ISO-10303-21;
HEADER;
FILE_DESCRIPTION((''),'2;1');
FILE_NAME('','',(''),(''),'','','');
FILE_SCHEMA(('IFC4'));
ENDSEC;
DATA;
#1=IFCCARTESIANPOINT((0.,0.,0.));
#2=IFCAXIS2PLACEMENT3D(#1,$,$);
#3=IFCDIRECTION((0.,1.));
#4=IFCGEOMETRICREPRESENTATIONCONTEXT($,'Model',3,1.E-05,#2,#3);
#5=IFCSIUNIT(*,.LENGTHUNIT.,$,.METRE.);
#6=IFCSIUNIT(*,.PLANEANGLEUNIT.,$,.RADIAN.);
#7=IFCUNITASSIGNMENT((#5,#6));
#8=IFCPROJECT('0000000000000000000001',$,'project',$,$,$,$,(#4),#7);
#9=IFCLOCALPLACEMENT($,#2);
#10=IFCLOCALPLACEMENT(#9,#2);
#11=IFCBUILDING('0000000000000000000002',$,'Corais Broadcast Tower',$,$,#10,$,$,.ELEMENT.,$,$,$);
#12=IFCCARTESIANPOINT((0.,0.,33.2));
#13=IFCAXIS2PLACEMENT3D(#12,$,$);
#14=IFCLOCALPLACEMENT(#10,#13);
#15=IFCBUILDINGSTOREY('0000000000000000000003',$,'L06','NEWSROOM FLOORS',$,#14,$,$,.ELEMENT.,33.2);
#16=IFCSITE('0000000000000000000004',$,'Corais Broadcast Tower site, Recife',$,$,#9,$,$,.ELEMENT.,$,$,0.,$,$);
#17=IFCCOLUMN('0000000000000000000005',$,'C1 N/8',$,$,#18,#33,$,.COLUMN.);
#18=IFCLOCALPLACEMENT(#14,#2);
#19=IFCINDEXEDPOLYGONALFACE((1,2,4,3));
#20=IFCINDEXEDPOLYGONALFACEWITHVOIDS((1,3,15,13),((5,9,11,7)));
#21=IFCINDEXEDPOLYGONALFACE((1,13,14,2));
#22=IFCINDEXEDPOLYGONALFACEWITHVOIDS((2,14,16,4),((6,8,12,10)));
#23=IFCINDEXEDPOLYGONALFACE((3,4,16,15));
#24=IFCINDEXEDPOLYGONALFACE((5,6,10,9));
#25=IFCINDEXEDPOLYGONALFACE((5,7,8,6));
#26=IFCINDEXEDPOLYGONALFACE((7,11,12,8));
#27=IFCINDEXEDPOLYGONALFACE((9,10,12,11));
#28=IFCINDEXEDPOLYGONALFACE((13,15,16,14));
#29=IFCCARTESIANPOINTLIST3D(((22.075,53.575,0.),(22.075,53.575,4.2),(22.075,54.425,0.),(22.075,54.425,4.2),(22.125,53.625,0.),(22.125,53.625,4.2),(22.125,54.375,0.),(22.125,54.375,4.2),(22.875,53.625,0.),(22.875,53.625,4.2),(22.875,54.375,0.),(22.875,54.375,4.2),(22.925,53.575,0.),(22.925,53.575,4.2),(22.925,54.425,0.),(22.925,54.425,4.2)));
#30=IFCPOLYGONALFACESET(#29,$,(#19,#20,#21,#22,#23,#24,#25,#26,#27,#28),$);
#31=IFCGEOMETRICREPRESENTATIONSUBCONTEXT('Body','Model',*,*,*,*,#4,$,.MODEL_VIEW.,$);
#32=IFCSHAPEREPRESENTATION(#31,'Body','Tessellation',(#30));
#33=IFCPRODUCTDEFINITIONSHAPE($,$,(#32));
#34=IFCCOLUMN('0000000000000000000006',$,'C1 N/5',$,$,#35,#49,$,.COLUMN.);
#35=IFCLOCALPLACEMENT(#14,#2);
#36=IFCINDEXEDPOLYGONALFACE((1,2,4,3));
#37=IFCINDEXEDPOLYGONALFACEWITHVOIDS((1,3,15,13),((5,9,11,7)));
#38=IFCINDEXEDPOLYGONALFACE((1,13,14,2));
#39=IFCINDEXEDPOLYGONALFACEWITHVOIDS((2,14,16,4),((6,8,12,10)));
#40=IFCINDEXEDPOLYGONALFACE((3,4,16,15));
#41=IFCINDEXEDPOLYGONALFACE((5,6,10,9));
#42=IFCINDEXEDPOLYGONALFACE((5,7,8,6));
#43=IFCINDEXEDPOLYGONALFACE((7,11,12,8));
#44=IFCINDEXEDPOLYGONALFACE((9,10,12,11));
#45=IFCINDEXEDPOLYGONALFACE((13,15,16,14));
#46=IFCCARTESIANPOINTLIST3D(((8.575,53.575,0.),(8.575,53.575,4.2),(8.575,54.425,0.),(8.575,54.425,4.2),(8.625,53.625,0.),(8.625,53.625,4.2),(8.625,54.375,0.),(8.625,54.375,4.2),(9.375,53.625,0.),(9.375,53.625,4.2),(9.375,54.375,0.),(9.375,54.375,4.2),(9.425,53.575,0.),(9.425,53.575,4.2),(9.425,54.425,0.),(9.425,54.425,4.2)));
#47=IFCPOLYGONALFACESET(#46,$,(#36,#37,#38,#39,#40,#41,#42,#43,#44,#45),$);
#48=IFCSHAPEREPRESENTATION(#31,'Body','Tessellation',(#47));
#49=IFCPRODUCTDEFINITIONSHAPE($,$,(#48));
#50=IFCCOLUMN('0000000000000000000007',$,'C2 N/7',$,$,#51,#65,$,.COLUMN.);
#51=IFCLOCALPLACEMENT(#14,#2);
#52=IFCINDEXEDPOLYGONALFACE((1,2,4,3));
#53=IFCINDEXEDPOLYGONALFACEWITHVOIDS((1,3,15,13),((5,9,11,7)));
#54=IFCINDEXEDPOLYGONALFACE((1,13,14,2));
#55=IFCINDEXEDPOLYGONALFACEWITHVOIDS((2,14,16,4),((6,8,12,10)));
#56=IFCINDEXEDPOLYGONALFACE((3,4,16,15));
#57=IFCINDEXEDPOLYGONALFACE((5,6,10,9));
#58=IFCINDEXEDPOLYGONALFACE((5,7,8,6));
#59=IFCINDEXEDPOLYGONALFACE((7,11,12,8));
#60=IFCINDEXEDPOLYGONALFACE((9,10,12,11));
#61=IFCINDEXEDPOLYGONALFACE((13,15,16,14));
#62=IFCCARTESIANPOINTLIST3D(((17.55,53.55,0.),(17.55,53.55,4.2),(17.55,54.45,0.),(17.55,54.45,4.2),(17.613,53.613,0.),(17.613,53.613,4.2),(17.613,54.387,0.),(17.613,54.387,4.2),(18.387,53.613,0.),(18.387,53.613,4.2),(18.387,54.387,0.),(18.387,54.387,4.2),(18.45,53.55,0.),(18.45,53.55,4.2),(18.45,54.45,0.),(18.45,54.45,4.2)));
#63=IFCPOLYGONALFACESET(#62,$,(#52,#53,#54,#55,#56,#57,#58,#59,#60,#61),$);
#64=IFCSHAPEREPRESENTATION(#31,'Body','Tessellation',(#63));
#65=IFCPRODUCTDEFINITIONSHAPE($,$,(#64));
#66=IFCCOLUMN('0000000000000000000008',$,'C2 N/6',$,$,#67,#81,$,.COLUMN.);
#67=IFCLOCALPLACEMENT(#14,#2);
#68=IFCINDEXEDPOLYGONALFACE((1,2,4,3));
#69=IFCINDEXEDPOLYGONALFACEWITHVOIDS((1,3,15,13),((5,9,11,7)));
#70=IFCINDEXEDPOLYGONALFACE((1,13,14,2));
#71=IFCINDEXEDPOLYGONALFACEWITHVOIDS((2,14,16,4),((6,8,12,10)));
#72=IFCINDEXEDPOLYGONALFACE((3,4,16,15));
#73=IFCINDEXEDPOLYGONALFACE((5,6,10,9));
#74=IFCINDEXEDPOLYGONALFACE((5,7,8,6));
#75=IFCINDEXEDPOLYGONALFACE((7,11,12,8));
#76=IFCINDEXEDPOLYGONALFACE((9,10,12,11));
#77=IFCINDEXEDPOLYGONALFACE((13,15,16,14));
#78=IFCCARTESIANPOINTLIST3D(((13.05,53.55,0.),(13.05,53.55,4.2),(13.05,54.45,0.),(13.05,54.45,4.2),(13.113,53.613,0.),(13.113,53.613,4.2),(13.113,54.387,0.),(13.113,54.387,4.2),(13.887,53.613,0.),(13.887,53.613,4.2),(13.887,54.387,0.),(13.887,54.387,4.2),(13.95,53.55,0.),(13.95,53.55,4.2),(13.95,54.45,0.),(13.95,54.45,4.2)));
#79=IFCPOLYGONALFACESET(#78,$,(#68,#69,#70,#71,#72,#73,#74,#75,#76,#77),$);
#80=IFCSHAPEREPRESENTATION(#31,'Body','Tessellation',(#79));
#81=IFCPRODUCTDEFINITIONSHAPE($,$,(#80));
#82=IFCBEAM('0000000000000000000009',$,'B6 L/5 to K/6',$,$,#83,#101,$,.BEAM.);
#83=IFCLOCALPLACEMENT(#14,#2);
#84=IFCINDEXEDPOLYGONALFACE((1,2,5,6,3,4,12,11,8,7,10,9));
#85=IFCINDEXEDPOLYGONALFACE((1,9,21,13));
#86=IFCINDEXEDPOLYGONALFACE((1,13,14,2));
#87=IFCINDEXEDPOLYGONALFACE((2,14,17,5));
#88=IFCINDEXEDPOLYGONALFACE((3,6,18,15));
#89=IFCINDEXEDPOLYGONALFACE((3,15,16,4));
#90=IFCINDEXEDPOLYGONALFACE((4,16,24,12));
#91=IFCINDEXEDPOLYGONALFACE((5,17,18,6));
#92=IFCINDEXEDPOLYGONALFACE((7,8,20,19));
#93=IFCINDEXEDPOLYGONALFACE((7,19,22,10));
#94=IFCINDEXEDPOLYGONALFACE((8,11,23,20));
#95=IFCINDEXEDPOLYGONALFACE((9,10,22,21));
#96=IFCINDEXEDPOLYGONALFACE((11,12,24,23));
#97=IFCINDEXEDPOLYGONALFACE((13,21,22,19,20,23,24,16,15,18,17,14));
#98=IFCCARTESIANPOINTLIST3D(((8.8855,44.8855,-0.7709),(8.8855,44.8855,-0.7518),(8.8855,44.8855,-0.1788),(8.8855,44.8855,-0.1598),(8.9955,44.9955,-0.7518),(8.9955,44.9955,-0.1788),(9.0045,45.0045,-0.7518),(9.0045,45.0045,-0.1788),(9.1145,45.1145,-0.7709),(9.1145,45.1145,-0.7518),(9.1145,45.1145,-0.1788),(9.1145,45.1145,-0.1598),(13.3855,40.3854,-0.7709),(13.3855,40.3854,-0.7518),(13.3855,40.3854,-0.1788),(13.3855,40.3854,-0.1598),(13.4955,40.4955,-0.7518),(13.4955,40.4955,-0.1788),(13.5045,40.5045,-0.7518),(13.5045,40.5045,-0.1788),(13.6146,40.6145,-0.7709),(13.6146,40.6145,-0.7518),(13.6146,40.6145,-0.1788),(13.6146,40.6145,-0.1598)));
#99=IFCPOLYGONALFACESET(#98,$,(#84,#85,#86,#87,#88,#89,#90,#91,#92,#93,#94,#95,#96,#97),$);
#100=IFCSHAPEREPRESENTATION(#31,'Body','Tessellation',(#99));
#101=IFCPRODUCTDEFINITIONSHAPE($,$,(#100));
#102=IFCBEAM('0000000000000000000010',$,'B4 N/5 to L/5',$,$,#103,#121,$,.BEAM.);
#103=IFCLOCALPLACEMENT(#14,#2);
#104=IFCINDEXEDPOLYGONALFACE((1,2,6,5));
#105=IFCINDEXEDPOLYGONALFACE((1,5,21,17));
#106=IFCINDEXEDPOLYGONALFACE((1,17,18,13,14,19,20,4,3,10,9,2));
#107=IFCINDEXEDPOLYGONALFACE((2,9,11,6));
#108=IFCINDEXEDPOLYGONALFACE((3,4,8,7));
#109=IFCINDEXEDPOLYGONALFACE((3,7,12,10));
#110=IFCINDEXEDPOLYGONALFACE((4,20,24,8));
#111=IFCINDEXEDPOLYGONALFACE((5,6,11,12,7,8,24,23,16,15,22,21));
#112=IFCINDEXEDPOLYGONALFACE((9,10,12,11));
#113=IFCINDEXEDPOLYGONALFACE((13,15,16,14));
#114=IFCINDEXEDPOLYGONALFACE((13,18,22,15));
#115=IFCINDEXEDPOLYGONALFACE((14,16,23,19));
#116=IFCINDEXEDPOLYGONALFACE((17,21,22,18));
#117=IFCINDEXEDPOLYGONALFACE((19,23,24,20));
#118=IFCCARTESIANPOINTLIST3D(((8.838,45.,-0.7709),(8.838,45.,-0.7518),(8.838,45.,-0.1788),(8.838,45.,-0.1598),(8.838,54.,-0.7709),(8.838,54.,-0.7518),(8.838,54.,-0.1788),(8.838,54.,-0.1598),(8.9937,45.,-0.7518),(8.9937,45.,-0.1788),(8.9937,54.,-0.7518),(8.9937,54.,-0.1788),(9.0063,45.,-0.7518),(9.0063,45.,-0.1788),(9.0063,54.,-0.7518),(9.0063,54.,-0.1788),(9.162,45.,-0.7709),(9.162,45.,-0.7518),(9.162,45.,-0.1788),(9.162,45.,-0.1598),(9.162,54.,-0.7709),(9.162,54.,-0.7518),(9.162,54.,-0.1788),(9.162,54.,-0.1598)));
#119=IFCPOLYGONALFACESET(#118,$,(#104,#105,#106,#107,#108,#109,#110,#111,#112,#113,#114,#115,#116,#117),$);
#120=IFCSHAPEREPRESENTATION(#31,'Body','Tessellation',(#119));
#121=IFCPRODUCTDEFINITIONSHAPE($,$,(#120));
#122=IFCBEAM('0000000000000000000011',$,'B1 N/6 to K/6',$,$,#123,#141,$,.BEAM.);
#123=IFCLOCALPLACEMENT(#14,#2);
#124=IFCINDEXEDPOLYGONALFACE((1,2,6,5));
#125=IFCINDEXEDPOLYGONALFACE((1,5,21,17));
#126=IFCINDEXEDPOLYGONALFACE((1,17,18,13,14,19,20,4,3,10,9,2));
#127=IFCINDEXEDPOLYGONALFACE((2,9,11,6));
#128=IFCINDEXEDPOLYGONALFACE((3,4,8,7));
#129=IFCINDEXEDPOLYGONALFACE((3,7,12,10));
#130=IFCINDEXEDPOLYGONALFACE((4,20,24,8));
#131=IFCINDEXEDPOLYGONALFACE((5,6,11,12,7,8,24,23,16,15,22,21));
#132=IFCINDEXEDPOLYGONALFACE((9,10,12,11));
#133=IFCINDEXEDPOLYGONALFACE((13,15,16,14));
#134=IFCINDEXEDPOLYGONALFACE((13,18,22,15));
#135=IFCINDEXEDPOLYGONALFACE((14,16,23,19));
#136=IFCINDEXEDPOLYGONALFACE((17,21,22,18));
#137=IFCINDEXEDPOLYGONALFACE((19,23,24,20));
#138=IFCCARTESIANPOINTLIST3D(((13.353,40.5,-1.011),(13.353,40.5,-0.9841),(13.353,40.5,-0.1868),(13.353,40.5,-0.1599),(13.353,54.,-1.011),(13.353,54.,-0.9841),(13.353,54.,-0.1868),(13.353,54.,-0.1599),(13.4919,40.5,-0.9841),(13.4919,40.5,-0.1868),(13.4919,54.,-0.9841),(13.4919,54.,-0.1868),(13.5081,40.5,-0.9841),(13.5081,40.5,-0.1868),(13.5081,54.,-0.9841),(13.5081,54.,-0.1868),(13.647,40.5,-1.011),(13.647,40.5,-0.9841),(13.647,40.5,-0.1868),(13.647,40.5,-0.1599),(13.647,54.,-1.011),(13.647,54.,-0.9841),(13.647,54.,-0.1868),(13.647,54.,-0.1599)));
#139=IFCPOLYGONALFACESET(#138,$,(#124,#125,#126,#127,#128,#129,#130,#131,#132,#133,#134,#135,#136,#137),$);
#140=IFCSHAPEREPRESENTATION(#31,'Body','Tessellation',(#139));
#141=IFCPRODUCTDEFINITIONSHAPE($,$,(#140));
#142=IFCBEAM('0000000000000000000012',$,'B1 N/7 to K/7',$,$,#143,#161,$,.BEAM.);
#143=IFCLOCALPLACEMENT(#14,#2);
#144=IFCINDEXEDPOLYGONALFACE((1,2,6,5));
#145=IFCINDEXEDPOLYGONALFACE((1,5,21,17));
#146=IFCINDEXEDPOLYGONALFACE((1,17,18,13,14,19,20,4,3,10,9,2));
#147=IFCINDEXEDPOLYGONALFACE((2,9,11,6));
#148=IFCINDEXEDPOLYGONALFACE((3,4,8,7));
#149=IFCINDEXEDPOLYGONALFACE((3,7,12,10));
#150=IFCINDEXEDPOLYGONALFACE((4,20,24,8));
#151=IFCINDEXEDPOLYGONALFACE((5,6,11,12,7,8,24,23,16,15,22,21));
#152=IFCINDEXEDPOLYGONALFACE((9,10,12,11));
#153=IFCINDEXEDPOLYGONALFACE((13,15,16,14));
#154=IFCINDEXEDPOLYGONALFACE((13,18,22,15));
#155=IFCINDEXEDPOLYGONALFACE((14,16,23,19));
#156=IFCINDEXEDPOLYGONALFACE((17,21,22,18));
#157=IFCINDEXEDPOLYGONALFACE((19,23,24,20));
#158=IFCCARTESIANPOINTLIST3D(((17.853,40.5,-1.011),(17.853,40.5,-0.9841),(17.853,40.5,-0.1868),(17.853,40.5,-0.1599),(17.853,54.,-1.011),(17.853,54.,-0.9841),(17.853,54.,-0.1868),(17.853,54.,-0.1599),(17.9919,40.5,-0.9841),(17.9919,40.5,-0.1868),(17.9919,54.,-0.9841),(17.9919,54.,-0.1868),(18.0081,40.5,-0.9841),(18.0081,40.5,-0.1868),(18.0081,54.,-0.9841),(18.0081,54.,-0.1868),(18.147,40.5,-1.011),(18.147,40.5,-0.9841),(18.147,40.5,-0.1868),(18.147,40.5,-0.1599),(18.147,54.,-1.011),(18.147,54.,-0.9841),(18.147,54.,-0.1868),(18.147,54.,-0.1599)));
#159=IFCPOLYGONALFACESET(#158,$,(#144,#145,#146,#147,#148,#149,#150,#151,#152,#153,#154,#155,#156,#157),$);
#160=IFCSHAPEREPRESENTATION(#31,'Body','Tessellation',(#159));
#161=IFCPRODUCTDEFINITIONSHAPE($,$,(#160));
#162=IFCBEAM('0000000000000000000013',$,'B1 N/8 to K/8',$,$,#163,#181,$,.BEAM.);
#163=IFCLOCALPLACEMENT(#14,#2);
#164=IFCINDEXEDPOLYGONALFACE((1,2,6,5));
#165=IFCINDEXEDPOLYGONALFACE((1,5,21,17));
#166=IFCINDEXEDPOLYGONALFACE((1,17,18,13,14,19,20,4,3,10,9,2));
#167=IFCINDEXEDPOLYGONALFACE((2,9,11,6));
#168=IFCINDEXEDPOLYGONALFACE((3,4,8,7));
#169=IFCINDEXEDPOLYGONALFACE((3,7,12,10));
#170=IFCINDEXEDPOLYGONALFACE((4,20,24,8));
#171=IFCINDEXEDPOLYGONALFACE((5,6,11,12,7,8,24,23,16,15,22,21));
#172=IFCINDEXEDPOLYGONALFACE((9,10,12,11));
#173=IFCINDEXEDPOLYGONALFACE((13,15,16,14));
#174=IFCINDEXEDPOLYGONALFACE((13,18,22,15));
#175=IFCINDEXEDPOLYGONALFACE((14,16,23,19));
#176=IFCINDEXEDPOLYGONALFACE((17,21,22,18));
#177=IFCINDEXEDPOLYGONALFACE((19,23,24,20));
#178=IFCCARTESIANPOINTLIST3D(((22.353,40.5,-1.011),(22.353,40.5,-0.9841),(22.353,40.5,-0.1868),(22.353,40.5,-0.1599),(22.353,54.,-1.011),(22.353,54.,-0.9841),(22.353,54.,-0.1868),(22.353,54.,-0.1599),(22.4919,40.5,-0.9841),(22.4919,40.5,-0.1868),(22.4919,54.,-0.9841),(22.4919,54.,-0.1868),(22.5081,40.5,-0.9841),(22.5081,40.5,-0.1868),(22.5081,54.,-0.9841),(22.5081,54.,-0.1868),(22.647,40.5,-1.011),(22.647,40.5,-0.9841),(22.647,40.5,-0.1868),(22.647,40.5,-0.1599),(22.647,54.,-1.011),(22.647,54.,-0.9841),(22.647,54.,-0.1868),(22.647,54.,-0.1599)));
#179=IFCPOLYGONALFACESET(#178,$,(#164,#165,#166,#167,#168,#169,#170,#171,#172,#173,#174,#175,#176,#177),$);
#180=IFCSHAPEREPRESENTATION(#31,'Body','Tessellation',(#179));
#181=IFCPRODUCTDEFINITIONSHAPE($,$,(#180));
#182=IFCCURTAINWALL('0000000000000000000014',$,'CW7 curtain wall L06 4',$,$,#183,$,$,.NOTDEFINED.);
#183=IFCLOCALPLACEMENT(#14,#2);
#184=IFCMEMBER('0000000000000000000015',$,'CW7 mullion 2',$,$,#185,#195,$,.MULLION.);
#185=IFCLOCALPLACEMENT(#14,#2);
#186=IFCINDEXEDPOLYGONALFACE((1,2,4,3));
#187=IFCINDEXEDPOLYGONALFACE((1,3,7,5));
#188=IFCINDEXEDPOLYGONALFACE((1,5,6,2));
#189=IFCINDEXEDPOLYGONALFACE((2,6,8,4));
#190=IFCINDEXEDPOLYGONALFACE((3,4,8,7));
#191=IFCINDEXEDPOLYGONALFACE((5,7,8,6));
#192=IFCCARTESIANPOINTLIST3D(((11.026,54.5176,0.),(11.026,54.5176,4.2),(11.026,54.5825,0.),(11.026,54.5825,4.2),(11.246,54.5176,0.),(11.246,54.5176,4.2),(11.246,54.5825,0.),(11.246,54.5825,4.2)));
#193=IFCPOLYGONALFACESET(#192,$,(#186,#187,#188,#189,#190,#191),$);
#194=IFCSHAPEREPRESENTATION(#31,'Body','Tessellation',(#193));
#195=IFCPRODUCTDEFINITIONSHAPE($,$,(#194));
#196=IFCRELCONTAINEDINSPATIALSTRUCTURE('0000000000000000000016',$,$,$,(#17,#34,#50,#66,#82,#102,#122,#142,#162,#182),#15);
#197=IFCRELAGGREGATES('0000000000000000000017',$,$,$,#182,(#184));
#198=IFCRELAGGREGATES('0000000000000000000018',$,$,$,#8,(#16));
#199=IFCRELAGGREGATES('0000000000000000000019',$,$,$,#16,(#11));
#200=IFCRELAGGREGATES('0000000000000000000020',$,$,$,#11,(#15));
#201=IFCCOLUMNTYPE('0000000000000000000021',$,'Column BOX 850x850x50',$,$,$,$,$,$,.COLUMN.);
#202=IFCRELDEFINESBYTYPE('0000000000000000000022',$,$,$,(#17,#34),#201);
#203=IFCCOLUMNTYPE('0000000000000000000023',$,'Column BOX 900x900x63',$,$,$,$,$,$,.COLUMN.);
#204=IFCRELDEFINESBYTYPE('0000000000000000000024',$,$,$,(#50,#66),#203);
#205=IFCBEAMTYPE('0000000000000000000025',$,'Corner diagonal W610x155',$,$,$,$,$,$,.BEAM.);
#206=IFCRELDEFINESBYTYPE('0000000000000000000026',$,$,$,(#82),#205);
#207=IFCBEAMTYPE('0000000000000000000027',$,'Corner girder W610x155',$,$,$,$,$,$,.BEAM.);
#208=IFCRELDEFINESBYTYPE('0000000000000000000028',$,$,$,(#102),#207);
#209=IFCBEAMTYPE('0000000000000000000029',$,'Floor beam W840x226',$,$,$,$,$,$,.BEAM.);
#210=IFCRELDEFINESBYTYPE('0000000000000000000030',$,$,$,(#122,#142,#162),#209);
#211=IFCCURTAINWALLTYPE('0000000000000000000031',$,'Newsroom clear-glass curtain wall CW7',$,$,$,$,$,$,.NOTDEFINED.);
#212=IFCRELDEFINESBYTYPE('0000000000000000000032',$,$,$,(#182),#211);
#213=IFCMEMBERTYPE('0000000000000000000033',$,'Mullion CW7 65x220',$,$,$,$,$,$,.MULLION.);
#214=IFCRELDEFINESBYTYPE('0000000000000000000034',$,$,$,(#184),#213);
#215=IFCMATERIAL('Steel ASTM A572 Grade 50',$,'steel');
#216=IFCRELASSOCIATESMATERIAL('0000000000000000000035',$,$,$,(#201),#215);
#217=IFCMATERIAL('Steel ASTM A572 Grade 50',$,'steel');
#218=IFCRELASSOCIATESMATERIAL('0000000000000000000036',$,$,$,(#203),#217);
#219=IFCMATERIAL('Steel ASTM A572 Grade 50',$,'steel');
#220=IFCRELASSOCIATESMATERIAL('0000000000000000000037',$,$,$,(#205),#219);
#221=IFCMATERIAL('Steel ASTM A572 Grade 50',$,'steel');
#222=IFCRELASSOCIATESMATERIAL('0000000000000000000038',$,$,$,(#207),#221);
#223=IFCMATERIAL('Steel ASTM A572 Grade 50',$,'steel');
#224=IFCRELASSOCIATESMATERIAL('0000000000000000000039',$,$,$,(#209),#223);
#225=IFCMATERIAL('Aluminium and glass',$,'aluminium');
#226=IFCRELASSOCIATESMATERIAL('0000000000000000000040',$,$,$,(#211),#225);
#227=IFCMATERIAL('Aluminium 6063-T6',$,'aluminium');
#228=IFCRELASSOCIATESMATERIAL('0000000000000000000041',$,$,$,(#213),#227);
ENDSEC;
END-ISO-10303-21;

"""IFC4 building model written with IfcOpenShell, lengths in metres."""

from ifc_helpers import new_model, si_unit, direction, frame, origin, origin_2d, place, context, subcontext, project, spatial, rectangle, hollow_rectangle, i_section, extrude, material, material_profile, profile_set, type_object, element, aggregate, save


model = new_model("IFC4")

# Units and contexts
model_context = context("Model", 3, precision=1e-05, world=origin(), true_north=direction((0.0, 1.0)))
body_context = subcontext(model_context, "Body", "Model", "MODEL_VIEW")
ifc_project = project(units=[si_unit("LENGTHUNIT", "METRE"), si_unit("PLANEANGLEUNIT", "RADIAN")], contexts=[model_context])

# Site, building, storey
site_placement = place(None, origin())
site = spatial("IfcSite", under=ifc_project, at=site_placement, Name="Corais Broadcast Tower site, Recife", CompositionType="ELEMENT", RefElevation=0.0)
building_placement = place(site_placement, origin())
building = spatial("IfcBuilding", under=site, at=building_placement, Name="Corais Broadcast Tower", CompositionType="ELEMENT")
storey_placement = place(building_placement, frame((0.0, 0.0, 33.2)))
storey = spatial("IfcBuildingStorey", under=building, at=storey_placement, Name="L06", Description="NEWSROOM FLOORS", CompositionType="ELEMENT", Elevation=33.2)

# Columns
ifc_material_1 = material(Name="Steel ASTM A572 Grade 50", Category="steel")
ifc_material_profile_1 = material_profile(ifc_material_1, hollow_rectangle(XDim=0.8501, YDim=0.8501, WallThickness=0.05, at=origin_2d()), Name="BOX 850x850x50")
ifc_profile_set_1 = profile_set([ifc_material_profile_1], Name="Steel ASTM A572 Grade 50")
column_type_1 = type_object("IfcColumnType", Name="Column BOX 850x850x50", PredefinedType="COLUMN", material=ifc_profile_set_1)
for number, where, z_axis, x_axis, name in (
    (1, (22.5, 54.0, 0.0), (0.0, 0.0, 1.0), (1.0, 0.0, 0.0), "C1 N/8"),
    (2, (9.0, 54.0, 0.0), (0.0, 0.0, 1.0), (1.0, 0.0, 0.0), "C1 N/5"),
):
    element("IfcColumn", number, at=place(storey_placement, frame(where, z_axis=z_axis, x_axis=x_axis)), inside=storey, type_object=column_type_1, Name=name, PredefinedType="COLUMN", context=body_context, shape_type="SweptSolid", body=[
        extrude(hollow_rectangle(XDim=0.8501, YDim=0.8501, WallThickness=0.05, at=origin_2d()), origin(), (0.0, 0.0, 1.0), 4.2),
    ])
ifc_material_2 = material(Name="Steel ASTM A572 Grade 50", Category="steel")
ifc_material_profile_2 = material_profile(ifc_material_2, hollow_rectangle(XDim=0.8999, YDim=0.8999, WallThickness=0.063, at=origin_2d()), Name="BOX 900x900x63")
ifc_profile_set_2 = profile_set([ifc_material_profile_2], Name="Steel ASTM A572 Grade 50")
column_type_2 = type_object("IfcColumnType", Name="Column BOX 900x900x63", PredefinedType="COLUMN", material=ifc_profile_set_2)
for number, where, z_axis, x_axis, name in (
    (3, (18.0, 54.0, 0.0), (0.0, 0.0, 1.0), (1.0, 0.0, 0.0), "C2 N/7"),
    (4, (13.5, 54.0, 0.0), (0.0, 0.0, 1.0), (1.0, 0.0, 0.0), "C2 N/6"),
):
    element("IfcColumn", number, at=place(storey_placement, frame(where, z_axis=z_axis, x_axis=x_axis)), inside=storey, type_object=column_type_2, Name=name, PredefinedType="COLUMN", context=body_context, shape_type="SweptSolid", body=[
        extrude(hollow_rectangle(XDim=0.8999, YDim=0.8999, WallThickness=0.063, at=origin_2d()), origin(), (0.0, 0.0, 1.0), 4.2),
    ])

# Beams
ifc_material_3 = material(Name="Steel ASTM A572 Grade 50", Category="steel")
ifc_material_profile_3 = material_profile(ifc_material_3, i_section(OverallWidth=0.324, OverallDepth=0.6111, WebThickness=0.0127, FlangeThickness=0.019, at=origin_2d()), Name="W610x155")
ifc_profile_set_3 = profile_set([ifc_material_profile_3], Name="Steel ASTM A572 Grade 50")
beam_type_1 = type_object("IfcBeamType", Name="Corner diagonal W610x155", PredefinedType="BEAM", material=ifc_profile_set_3)
beam_1_placement = place(storey_placement, frame((9.0, 45.0, -0.4653), z_axis=(0.707107, -0.707107, 0.0), x_axis=(0.707107, 0.707107, 0.0)))
element("IfcBeam", 5, at=beam_1_placement, inside=storey, type_object=beam_type_1, Name="B6 L/5 to K/6", PredefinedType="BEAM", context=body_context, shape_type="SweptSolid", body=[
    extrude(i_section(OverallWidth=0.324, OverallDepth=0.6111, WebThickness=0.0127, FlangeThickness=0.019, at=origin_2d()), origin(), (0.0, 0.0, 1.0), 6.364),
])
ifc_material_4 = material(Name="Steel ASTM A572 Grade 50", Category="steel")
ifc_material_profile_4 = material_profile(ifc_material_4, i_section(OverallWidth=0.324, OverallDepth=0.6111, WebThickness=0.0127, FlangeThickness=0.019, at=origin_2d()), Name="W610x155")
ifc_profile_set_4 = profile_set([ifc_material_profile_4], Name="Steel ASTM A572 Grade 50")
beam_type_2 = type_object("IfcBeamType", Name="Corner girder W610x155", PredefinedType="BEAM", material=ifc_profile_set_4)
beam_2_placement = place(storey_placement, frame((9.0, 54.0, -0.4653), z_axis=(0.0, -1.0, 0.0), x_axis=(1.0, 0.0, 0.0)))
element("IfcBeam", 6, at=beam_2_placement, inside=storey, type_object=beam_type_2, Name="B4 N/5 to L/5", PredefinedType="BEAM", context=body_context, shape_type="SweptSolid", body=[
    extrude(i_section(OverallWidth=0.324, OverallDepth=0.6111, WebThickness=0.0127, FlangeThickness=0.019, at=origin_2d()), origin(), (0.0, 0.0, 1.0), 9.0),
])
ifc_material_5 = material(Name="Steel ASTM A572 Grade 50", Category="steel")
ifc_material_profile_5 = material_profile(ifc_material_5, i_section(OverallWidth=0.2939, OverallDepth=0.8511, WebThickness=0.0161, FlangeThickness=0.0269, at=origin_2d()), Name="W840x226")
ifc_profile_set_5 = profile_set([ifc_material_profile_5], Name="Steel ASTM A572 Grade 50")
beam_type_3 = type_object("IfcBeamType", Name="Floor beam W840x226", PredefinedType="BEAM", material=ifc_profile_set_5)
for number, where, z_axis, x_axis, name in (
    (7, (13.5, 54.0, -0.5854), (0.0, -1.0, 0.0), (1.0, 0.0, 0.0), "B1 N/6 to K/6"),
    (8, (18.0, 54.0, -0.5854), (0.0, -1.0, 0.0), (1.0, 0.0, 0.0), "B1 N/7 to K/7"),
    (9, (22.5, 54.0, -0.5854), (0.0, -1.0, 0.0), (1.0, 0.0, 0.0), "B1 N/8 to K/8"),
):
    element("IfcBeam", number, at=place(storey_placement, frame(where, z_axis=z_axis, x_axis=x_axis)), inside=storey, type_object=beam_type_3, Name=name, PredefinedType="BEAM", context=body_context, shape_type="SweptSolid", body=[
        extrude(i_section(OverallWidth=0.2939, OverallDepth=0.8511, WebThickness=0.0161, FlangeThickness=0.0269, at=origin_2d()), origin(), (0.0, 0.0, 1.0), 13.5),
    ])

# Curtain wall, member
ifc_material_6 = material(Name="Aluminium and glass", Category="aluminium")
curtain_wall_type = type_object("IfcCurtainWallType", Name="Newsroom clear-glass curtain wall CW7", PredefinedType="NOTDEFINED", material=ifc_material_6)
curtain_wall_placement = place(storey_placement, origin())
curtain_wall = element("IfcCurtainWall", 10, at=curtain_wall_placement, inside=storey, type_object=curtain_wall_type, Name="CW7 curtain wall L06 4", PredefinedType="NOTDEFINED")
ifc_material_7 = material(Name="Aluminium 6063-T6", Category="aluminium")
ifc_material_profile_6 = material_profile(ifc_material_7, rectangle(XDim=0.0649, YDim=0.22, at=origin_2d()), Name="Mullion CW7 65x220")
ifc_profile_set_6 = profile_set([ifc_material_profile_6], Name="Aluminium 6063-T6")
member_type_1 = type_object("IfcMemberType", Name="Mullion CW7 65x220", PredefinedType="MULLION", material=ifc_profile_set_6)
member_1_placement = place(storey_placement, frame((11.136, 54.55, 0.0), z_axis=(0.0, 0.0, 1.0), x_axis=(0.0, 1.0, 0.0)))
member_1 = element("IfcMember", 11, at=member_1_placement, type_object=member_type_1, Name="CW7 mullion 2", PredefinedType="MULLION", context=body_context, shape_type="SweptSolid", body=[
    extrude(rectangle(XDim=0.0649, YDim=0.22, at=origin_2d()), origin(), (0.0, 0.0, 1.0), 4.2),
])

aggregate(curtain_wall, [member_1])

save(model, "model.ifc")
